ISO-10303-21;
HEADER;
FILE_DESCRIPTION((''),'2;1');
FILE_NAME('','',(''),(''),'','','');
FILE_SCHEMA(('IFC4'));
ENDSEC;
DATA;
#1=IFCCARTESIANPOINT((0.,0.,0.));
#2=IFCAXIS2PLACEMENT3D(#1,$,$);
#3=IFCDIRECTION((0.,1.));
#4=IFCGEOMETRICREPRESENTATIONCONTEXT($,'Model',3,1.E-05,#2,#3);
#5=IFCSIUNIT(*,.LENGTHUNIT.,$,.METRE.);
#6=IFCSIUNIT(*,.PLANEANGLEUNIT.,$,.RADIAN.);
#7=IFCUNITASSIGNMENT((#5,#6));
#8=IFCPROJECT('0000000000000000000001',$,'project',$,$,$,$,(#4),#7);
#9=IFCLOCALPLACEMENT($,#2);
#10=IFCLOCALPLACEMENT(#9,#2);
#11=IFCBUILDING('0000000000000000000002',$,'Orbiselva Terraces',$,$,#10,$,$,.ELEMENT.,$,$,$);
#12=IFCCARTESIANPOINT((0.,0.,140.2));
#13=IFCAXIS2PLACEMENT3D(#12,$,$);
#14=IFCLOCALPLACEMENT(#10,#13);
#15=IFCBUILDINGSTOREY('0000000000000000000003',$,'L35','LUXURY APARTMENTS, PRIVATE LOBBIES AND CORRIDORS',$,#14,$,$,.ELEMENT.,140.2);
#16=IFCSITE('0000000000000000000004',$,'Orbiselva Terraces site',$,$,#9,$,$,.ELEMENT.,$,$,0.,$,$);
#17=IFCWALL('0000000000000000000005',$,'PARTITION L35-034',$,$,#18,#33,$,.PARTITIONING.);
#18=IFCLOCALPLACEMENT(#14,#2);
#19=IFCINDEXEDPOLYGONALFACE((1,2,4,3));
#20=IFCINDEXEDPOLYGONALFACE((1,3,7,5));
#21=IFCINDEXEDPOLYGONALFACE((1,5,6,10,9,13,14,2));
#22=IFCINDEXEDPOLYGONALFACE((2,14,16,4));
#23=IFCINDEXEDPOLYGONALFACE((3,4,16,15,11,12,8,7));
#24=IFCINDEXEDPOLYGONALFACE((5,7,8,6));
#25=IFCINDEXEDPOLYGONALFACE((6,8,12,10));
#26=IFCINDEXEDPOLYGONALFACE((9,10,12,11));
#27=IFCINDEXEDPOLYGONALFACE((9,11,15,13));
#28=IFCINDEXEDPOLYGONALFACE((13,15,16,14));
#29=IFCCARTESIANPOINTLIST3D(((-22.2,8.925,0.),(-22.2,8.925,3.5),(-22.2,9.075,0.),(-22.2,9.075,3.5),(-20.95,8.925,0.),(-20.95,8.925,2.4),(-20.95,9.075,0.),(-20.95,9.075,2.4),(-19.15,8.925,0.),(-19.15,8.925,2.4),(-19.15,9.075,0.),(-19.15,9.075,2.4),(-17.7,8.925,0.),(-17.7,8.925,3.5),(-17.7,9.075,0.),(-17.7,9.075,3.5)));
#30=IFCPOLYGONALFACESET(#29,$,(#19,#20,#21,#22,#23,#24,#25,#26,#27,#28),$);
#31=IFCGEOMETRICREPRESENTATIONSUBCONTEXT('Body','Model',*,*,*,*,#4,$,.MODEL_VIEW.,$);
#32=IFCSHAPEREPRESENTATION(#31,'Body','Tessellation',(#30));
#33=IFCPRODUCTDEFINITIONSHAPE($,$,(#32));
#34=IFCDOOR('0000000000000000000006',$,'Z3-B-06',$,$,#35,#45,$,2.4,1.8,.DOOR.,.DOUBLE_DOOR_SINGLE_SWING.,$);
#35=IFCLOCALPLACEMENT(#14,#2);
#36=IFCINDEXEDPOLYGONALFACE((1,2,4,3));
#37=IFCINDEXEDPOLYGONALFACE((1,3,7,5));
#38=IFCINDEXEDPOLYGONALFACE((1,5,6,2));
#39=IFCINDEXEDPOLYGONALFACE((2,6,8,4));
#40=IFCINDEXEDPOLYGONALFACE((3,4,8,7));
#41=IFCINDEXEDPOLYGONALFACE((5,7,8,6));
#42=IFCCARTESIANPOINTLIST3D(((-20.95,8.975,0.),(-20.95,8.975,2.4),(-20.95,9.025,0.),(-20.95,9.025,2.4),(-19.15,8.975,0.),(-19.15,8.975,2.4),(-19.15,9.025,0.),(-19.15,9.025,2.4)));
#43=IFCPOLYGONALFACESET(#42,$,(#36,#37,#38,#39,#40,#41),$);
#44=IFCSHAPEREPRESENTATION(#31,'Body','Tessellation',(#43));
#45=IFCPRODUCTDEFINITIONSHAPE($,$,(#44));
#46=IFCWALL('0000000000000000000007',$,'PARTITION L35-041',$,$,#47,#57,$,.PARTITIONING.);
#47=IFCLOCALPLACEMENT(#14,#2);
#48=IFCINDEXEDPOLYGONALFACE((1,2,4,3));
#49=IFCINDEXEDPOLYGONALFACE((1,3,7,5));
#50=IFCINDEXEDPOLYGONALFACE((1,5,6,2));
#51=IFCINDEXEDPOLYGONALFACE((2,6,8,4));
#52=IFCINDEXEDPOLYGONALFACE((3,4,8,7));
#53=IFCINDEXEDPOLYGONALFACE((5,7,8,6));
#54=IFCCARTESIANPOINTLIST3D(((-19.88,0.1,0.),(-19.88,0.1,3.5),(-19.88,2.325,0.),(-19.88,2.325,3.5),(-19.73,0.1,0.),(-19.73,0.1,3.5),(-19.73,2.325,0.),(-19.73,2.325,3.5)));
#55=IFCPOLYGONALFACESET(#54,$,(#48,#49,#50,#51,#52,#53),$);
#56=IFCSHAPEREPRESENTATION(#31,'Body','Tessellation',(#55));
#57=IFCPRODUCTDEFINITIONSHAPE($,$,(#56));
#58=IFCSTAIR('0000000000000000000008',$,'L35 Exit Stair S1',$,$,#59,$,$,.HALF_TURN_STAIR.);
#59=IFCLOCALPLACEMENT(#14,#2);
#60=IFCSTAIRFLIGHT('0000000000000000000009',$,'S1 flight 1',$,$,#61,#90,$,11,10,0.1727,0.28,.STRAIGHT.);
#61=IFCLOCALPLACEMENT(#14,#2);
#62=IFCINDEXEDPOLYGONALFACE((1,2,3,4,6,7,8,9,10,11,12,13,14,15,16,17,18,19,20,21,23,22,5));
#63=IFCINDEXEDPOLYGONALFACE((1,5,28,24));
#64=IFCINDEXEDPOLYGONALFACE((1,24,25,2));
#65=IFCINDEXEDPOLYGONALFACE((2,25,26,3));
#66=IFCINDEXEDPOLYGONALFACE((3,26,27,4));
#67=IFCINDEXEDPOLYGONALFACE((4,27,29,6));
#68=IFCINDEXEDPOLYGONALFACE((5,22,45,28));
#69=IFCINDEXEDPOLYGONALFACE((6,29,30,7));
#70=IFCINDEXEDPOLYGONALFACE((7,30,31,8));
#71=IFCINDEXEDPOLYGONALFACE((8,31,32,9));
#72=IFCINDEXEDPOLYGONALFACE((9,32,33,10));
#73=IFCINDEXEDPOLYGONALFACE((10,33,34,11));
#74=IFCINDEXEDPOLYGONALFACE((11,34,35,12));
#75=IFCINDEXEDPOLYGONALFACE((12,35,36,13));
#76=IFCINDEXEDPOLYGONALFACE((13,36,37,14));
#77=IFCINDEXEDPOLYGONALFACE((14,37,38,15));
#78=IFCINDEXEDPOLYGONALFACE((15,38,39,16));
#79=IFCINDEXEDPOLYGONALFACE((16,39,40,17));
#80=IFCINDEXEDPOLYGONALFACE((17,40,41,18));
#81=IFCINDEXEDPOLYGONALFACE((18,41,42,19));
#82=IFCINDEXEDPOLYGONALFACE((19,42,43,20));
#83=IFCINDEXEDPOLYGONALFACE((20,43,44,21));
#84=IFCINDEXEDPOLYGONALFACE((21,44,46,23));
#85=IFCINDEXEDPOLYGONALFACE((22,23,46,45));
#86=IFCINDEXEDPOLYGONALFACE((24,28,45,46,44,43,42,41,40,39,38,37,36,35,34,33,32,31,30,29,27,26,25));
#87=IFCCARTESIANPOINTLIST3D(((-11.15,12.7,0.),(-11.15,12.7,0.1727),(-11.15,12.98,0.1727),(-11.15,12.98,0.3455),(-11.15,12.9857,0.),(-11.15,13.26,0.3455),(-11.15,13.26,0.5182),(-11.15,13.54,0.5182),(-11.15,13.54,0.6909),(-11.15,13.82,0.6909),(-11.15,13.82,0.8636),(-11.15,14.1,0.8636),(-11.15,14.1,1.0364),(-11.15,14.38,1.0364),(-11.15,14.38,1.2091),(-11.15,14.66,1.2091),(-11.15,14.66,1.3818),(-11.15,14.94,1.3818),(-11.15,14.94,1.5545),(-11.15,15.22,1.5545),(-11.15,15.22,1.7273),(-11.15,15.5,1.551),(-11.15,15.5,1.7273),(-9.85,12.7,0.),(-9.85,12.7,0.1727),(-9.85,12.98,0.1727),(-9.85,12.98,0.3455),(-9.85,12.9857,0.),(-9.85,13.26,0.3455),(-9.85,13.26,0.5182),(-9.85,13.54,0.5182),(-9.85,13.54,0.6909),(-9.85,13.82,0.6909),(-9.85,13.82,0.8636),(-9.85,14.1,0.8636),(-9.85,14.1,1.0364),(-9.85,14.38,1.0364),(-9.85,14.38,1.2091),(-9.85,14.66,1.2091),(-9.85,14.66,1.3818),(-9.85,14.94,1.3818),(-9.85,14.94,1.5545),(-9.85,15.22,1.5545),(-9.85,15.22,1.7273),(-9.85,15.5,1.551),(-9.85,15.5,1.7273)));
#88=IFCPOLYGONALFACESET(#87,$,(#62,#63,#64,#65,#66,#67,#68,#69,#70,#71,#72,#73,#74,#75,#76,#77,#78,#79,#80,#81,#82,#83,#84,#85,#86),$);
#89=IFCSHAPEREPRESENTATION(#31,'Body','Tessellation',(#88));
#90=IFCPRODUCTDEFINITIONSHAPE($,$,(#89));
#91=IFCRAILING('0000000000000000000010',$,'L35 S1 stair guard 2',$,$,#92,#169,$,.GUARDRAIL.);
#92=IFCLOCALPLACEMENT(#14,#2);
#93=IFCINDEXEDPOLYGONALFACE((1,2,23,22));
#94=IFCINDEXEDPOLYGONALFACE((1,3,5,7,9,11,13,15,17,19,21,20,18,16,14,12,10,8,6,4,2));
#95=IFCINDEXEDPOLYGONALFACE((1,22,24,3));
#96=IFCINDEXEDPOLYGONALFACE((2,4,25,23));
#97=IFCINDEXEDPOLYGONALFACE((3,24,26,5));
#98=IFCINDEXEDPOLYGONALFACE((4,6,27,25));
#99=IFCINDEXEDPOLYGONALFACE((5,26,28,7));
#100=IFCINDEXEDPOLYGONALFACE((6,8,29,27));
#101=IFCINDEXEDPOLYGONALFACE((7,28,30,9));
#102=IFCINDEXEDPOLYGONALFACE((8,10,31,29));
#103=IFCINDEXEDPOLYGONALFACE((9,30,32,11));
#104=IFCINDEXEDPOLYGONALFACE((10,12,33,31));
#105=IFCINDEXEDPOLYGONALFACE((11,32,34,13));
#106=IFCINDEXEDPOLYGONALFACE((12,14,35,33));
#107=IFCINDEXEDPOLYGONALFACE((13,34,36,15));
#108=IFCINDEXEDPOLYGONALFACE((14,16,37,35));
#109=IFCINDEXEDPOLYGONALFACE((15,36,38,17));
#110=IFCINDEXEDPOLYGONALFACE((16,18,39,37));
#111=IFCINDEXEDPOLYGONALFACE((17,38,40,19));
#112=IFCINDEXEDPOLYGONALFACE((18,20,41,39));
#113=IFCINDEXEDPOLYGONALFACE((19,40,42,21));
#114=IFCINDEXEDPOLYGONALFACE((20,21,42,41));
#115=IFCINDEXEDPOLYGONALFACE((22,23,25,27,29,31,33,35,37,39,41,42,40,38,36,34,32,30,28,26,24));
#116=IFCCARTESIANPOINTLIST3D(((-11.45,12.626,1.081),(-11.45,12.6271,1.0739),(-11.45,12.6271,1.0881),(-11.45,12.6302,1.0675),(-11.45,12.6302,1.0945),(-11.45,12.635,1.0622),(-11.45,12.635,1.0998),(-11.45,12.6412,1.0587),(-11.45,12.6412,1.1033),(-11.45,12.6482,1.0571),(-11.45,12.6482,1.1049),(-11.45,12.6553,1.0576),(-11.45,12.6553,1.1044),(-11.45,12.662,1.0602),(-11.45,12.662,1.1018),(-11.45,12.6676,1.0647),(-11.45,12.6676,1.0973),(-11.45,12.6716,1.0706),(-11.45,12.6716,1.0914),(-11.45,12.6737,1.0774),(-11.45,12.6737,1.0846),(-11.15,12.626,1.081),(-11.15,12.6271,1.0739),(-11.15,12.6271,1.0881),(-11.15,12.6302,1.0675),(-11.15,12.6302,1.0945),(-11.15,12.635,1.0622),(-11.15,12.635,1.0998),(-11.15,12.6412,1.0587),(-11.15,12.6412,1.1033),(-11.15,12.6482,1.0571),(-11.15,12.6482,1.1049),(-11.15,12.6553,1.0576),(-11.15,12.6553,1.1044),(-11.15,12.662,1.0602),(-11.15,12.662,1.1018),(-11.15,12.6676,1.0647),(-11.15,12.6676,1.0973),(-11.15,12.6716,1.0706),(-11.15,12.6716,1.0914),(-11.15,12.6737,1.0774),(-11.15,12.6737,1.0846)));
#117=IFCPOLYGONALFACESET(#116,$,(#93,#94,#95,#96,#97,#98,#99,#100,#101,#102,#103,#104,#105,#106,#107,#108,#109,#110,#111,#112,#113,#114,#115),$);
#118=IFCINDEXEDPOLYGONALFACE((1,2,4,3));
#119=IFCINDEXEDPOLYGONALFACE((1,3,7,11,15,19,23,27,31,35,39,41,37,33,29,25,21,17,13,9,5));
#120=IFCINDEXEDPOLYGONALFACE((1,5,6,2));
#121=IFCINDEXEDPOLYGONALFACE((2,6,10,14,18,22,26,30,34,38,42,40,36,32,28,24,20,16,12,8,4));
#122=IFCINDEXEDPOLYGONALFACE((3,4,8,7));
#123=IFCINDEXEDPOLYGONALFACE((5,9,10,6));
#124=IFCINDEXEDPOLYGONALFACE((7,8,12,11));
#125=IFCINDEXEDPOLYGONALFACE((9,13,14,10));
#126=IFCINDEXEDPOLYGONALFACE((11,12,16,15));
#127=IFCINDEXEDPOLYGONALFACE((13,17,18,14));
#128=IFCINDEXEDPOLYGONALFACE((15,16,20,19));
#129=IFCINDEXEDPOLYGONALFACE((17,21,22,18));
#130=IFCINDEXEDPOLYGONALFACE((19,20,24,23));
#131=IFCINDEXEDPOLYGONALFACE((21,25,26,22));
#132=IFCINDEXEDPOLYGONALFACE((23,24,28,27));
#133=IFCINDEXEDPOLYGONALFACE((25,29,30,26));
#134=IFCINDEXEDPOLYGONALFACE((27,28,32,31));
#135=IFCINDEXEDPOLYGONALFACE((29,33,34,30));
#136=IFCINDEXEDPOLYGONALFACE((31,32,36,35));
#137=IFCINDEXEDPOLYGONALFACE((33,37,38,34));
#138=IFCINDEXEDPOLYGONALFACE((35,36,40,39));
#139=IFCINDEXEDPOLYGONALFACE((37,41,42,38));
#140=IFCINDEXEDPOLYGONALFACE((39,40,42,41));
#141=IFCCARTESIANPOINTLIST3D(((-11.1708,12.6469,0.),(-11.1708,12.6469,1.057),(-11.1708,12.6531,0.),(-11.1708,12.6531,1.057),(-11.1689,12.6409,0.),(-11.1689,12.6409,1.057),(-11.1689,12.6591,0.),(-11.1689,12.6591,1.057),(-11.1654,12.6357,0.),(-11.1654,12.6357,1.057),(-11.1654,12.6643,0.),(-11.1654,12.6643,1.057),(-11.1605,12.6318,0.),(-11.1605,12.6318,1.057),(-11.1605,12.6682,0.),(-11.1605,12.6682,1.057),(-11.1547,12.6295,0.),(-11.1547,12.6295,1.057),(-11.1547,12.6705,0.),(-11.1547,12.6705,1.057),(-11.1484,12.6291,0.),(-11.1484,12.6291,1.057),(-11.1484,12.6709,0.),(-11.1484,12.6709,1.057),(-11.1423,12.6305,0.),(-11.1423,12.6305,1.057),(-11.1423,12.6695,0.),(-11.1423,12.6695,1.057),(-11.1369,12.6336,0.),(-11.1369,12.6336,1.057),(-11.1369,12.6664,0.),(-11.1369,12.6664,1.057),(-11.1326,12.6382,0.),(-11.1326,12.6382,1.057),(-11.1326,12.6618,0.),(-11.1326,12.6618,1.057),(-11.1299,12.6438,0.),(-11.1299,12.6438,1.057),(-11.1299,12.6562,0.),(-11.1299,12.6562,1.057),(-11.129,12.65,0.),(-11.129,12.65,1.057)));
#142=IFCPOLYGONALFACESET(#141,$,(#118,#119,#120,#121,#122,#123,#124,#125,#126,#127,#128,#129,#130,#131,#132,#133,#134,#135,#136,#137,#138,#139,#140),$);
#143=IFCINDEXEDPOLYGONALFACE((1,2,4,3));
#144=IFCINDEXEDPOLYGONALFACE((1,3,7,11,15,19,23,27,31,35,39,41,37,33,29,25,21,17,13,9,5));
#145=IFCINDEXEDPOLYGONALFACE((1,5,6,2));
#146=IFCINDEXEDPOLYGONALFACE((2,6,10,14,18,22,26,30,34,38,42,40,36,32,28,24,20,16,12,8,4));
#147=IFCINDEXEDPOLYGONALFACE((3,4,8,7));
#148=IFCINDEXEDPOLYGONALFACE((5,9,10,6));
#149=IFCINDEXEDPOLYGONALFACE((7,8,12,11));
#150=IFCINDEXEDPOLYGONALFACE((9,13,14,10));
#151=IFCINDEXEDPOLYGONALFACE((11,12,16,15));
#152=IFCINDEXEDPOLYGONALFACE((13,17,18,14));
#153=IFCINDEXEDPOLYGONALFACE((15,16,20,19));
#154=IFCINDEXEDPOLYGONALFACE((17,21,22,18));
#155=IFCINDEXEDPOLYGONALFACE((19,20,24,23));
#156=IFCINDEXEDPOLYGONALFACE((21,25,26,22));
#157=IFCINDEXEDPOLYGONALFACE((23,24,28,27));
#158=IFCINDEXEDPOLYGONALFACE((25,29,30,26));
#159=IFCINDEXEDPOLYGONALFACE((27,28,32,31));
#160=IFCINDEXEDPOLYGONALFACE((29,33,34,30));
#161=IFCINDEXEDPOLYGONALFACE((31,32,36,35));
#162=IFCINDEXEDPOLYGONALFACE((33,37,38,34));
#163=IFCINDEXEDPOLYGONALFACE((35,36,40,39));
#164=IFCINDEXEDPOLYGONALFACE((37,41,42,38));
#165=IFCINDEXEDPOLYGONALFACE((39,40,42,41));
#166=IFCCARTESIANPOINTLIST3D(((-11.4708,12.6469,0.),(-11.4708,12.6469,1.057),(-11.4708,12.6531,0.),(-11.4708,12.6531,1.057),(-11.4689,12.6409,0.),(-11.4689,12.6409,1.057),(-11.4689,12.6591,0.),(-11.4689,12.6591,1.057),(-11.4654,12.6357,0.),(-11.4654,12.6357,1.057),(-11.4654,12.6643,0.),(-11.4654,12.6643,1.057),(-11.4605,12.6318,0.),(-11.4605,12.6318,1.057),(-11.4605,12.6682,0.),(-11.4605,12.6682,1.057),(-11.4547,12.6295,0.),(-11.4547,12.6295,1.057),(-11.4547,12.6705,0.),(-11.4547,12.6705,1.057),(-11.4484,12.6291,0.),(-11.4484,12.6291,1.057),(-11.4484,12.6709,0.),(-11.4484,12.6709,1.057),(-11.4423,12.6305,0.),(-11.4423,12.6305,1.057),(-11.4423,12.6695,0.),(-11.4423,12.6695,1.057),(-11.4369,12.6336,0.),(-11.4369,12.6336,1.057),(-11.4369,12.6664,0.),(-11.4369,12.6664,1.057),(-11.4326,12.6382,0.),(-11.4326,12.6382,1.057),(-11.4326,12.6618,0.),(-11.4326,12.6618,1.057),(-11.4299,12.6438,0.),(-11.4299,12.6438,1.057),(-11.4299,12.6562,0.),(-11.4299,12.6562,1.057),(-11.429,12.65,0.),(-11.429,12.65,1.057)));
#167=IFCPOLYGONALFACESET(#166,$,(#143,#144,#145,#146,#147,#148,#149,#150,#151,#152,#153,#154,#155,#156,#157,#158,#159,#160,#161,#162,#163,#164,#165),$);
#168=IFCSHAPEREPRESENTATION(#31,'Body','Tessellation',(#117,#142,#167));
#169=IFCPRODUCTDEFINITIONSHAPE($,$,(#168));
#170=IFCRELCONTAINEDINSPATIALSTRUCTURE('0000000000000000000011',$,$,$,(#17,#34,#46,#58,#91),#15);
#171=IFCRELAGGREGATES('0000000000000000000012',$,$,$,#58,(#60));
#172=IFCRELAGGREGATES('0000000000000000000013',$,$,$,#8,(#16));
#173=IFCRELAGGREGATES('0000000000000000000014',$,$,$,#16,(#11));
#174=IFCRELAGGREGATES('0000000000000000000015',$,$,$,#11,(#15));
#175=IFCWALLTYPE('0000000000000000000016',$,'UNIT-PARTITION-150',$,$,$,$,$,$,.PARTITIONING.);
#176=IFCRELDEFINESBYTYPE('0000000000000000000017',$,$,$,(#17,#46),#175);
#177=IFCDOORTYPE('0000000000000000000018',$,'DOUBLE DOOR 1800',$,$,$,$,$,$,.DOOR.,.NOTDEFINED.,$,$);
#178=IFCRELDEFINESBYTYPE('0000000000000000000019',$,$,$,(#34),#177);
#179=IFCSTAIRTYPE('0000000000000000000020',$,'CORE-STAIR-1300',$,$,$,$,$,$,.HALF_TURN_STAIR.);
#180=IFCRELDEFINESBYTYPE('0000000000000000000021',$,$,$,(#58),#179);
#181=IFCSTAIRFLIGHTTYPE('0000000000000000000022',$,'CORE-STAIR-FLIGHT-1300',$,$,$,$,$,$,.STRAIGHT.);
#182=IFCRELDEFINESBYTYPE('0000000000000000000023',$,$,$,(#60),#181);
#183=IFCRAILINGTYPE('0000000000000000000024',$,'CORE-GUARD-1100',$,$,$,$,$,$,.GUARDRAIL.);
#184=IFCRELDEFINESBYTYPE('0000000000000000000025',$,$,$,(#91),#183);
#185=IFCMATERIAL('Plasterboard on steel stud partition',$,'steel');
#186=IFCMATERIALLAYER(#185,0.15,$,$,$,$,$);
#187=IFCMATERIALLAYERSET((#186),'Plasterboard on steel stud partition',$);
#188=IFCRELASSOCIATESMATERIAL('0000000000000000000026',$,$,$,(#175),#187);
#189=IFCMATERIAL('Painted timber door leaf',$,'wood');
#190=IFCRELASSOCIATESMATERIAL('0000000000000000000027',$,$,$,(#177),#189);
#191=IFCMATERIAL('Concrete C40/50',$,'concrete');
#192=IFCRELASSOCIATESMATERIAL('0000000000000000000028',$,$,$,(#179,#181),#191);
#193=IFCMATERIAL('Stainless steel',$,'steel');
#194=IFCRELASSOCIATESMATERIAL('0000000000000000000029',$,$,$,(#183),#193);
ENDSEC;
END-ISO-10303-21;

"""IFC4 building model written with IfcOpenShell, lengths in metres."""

from ifc_helpers import new_model, si_unit, direction, frame, frame_2d, origin, origin_2d, place, context, subcontext, project, spatial, polyline, rectangle, circle, outline, extrude, material, layer, layer_set, type_object, element, fill, aggregate, save


model = new_model("IFC4")

# Units and contexts
model_context = context("Model", 3, precision=1e-05, world=origin(), true_north=direction((0.0, 1.0)))
body_context = subcontext(model_context, "Body", "Model", "MODEL_VIEW")
ifc_project = project(units=[si_unit("LENGTHUNIT", "METRE"), si_unit("PLANEANGLEUNIT", "RADIAN")], contexts=[model_context])

# Site, building, storey
site_placement = place(None, origin())
site = spatial("IfcSite", under=ifc_project, at=site_placement, Name="Orbiselva Terraces site", CompositionType="ELEMENT", RefElevation=0.0)
building_placement = place(site_placement, origin())
building = spatial("IfcBuilding", under=site, at=building_placement, Name="Orbiselva Terraces", CompositionType="ELEMENT")
storey_placement = place(building_placement, frame((0.0, 0.0, 140.2)))
storey = spatial("IfcBuildingStorey", under=building, at=storey_placement, Name="L35", Description="LUXURY APARTMENTS, PRIVATE LOBBIES AND CORRIDORS", CompositionType="ELEMENT", Elevation=140.2)

# Wall, opening, door
ifc_material_1 = material(Name="Plasterboard on steel stud partition", Category="steel")
ifc_material_2 = material(Name="Painted timber door leaf", Category="wood")
ifc_layer_1 = layer(ifc_material_1, 0.15)
ifc_layer_set_1 = layer_set([ifc_layer_1], Name="Plasterboard on steel stud partition")
wall_type_1 = type_object("IfcWallType", Name="UNIT-PARTITION-150", PredefinedType="PARTITIONING", material=ifc_layer_set_1)
wall_1_placement = place(storey_placement, frame((-22.2, 9.0, 0.0), z_axis=(0.0, 0.0, 1.0), x_axis=(1.0, 0.0, 0.0)))
wall_1 = element("IfcWall", 1, at=wall_1_placement, inside=storey, type_object=wall_type_1, Name="PARTITION L35-034", PredefinedType="PARTITIONING", context=body_context, shape_type="SweptSolid", body=[
    extrude(rectangle(XDim=4.5, YDim=0.15, at=frame_2d((2.25, 0.0))), origin(), (0.0, 0.0, 1.0), 3.5),
])
opening_1_placement = place(wall_1_placement, frame((1.25, 0.0, 0.0)))
opening_1 = element("IfcOpeningElement", 2, at=opening_1_placement, cuts=wall_1, PredefinedType="OPENING", context=body_context, shape_type="SweptSolid", body=[
    extrude(rectangle(XDim=1.8, YDim=2.4, at=frame_2d((0.9, 1.2))), frame((0.0, 0.085, 0.0), z_axis=(0.0, -1.0, 0.0), x_axis=(1.0, 0.0, 0.0)), (0.0, 0.0, 1.0), 0.17),
])
door_type_1 = type_object("IfcDoorType", Name="DOUBLE DOOR 1800", OperationType="NOTDEFINED", PredefinedType="DOOR", material=ifc_material_2)
door_1_placement = place(opening_1_placement, origin())
door_1 = element("IfcDoor", 3, at=door_1_placement, inside=storey, type_object=door_type_1, Name="Z3-B-06", OperationType="DOUBLE_DOOR_SINGLE_SWING", OverallHeight=2.4, OverallWidth=1.8, PredefinedType="DOOR", context=body_context, shape_type="SweptSolid", body=[
    extrude(rectangle(XDim=1.8, YDim=2.4, at=frame_2d((0.9, 1.2))), frame((0.0, 0.025, 0.0), z_axis=(0.0, -1.0, 0.0), x_axis=(1.0, 0.0, 0.0)), (0.0, 0.0, 1.0), 0.05),
])
fill(opening_1, door_1)

# Wall
wall_2_placement = place(storey_placement, frame((-19.805, 0.1, 0.0), z_axis=(0.0, 0.0, 1.0), x_axis=(0.0, 1.0, 0.0)))
element("IfcWall", 4, at=wall_2_placement, inside=storey, type_object=wall_type_1, Name="PARTITION L35-041", PredefinedType="PARTITIONING", context=body_context, shape_type="SweptSolid", body=[
    extrude(rectangle(XDim=2.225, YDim=0.15, at=frame_2d((1.1125, 0.0))), origin(), (0.0, 0.0, 1.0), 3.5),
])

# Stair, stair flight
ifc_material_3 = material(Name="Concrete C40/50", Category="concrete")
stair_type = type_object("IfcStairType", Name="CORE-STAIR-1300", PredefinedType="HALF_TURN_STAIR", material=ifc_material_3)
stair_placement = place(storey_placement, origin())
stair = element("IfcStair", 5, at=stair_placement, inside=storey, type_object=stair_type, Name="L35 Exit Stair S1", PredefinedType="HALF_TURN_STAIR")
stair_flight_type = type_object("IfcStairFlightType", Name="CORE-STAIR-FLIGHT-1300", PredefinedType="STRAIGHT", material=ifc_material_3)
stair_flight_placement = place(storey_placement, frame((-10.5, 12.7, 0.0), z_axis=(0.0, 0.0, 1.0), x_axis=(0.0, 1.0, 0.0)))
stair_flight = element("IfcStairFlight", 6, at=stair_flight_placement, type_object=stair_flight_type, Name="S1 flight 1", NumberOfRisers=11, NumberOfTreads=10, PredefinedType="STRAIGHT", RiserHeight=0.1727, TreadLength=0.28, context=body_context, shape_type="SweptSolid", body=[
    extrude(outline(polyline([(0.0, 0.0), (0.0, 0.1727), (0.28, 0.1727), (0.28, 0.3455), (0.56, 0.3455), (0.56, 0.5182), (0.84, 0.5182), (0.84, 0.6909), (1.12, 0.6909), (1.12, 0.8636), (1.4, 0.8636), (1.4, 1.0364), (1.68, 1.0364), (1.68, 1.2091), (1.96, 1.2091), (1.96, 1.3818), (2.24, 1.3818), (2.24, 1.5545), (2.52, 1.5545), (2.52, 1.7273), (2.8, 1.7273), (2.8, 1.9), (2.8, 1.551), (0.2857, 0.0), (0.0, 0.0)])), frame((0.0, 0.65, 0.0), z_axis=(0.0, -1.0, 0.0), x_axis=(1.0, 0.0, 0.0)), (0.0, 0.0, 1.0), 1.3),
])
aggregate(stair, [stair_flight])

# Railing
ifc_material_4 = material(Name="Stainless steel", Category="steel")
railing_type = type_object("IfcRailingType", Name="CORE-GUARD-1100", PredefinedType="GUARDRAIL", material=ifc_material_4)
railing_1_placement = place(storey_placement, frame((-11.15, 12.65, 0.0)))
element("IfcRailing", 7, at=railing_1_placement, inside=storey, type_object=railing_type, Name="L35 S1 stair guard 2", PredefinedType="GUARDRAIL", context=body_context, shape_type="SweptSolid", body=[
    extrude(circle(Radius=0.024, at=origin_2d()), frame((0.0, 0.0, 1.081), z_axis=(-1.0, 0.0, 0.0), x_axis=(0.0, -1.0, 0.0)), (0.0, 0.0, 1.0), 0.3),
    extrude(circle(Radius=0.021, at=origin_2d()), origin(), (0.0, 0.0, 1.0), 1.057),
    extrude(circle(Radius=0.021, at=origin_2d()), frame((-0.3, 0.0, 0.0)), (0.0, 0.0, 1.0), 1.057),
])

save(model, "model.ifc")
